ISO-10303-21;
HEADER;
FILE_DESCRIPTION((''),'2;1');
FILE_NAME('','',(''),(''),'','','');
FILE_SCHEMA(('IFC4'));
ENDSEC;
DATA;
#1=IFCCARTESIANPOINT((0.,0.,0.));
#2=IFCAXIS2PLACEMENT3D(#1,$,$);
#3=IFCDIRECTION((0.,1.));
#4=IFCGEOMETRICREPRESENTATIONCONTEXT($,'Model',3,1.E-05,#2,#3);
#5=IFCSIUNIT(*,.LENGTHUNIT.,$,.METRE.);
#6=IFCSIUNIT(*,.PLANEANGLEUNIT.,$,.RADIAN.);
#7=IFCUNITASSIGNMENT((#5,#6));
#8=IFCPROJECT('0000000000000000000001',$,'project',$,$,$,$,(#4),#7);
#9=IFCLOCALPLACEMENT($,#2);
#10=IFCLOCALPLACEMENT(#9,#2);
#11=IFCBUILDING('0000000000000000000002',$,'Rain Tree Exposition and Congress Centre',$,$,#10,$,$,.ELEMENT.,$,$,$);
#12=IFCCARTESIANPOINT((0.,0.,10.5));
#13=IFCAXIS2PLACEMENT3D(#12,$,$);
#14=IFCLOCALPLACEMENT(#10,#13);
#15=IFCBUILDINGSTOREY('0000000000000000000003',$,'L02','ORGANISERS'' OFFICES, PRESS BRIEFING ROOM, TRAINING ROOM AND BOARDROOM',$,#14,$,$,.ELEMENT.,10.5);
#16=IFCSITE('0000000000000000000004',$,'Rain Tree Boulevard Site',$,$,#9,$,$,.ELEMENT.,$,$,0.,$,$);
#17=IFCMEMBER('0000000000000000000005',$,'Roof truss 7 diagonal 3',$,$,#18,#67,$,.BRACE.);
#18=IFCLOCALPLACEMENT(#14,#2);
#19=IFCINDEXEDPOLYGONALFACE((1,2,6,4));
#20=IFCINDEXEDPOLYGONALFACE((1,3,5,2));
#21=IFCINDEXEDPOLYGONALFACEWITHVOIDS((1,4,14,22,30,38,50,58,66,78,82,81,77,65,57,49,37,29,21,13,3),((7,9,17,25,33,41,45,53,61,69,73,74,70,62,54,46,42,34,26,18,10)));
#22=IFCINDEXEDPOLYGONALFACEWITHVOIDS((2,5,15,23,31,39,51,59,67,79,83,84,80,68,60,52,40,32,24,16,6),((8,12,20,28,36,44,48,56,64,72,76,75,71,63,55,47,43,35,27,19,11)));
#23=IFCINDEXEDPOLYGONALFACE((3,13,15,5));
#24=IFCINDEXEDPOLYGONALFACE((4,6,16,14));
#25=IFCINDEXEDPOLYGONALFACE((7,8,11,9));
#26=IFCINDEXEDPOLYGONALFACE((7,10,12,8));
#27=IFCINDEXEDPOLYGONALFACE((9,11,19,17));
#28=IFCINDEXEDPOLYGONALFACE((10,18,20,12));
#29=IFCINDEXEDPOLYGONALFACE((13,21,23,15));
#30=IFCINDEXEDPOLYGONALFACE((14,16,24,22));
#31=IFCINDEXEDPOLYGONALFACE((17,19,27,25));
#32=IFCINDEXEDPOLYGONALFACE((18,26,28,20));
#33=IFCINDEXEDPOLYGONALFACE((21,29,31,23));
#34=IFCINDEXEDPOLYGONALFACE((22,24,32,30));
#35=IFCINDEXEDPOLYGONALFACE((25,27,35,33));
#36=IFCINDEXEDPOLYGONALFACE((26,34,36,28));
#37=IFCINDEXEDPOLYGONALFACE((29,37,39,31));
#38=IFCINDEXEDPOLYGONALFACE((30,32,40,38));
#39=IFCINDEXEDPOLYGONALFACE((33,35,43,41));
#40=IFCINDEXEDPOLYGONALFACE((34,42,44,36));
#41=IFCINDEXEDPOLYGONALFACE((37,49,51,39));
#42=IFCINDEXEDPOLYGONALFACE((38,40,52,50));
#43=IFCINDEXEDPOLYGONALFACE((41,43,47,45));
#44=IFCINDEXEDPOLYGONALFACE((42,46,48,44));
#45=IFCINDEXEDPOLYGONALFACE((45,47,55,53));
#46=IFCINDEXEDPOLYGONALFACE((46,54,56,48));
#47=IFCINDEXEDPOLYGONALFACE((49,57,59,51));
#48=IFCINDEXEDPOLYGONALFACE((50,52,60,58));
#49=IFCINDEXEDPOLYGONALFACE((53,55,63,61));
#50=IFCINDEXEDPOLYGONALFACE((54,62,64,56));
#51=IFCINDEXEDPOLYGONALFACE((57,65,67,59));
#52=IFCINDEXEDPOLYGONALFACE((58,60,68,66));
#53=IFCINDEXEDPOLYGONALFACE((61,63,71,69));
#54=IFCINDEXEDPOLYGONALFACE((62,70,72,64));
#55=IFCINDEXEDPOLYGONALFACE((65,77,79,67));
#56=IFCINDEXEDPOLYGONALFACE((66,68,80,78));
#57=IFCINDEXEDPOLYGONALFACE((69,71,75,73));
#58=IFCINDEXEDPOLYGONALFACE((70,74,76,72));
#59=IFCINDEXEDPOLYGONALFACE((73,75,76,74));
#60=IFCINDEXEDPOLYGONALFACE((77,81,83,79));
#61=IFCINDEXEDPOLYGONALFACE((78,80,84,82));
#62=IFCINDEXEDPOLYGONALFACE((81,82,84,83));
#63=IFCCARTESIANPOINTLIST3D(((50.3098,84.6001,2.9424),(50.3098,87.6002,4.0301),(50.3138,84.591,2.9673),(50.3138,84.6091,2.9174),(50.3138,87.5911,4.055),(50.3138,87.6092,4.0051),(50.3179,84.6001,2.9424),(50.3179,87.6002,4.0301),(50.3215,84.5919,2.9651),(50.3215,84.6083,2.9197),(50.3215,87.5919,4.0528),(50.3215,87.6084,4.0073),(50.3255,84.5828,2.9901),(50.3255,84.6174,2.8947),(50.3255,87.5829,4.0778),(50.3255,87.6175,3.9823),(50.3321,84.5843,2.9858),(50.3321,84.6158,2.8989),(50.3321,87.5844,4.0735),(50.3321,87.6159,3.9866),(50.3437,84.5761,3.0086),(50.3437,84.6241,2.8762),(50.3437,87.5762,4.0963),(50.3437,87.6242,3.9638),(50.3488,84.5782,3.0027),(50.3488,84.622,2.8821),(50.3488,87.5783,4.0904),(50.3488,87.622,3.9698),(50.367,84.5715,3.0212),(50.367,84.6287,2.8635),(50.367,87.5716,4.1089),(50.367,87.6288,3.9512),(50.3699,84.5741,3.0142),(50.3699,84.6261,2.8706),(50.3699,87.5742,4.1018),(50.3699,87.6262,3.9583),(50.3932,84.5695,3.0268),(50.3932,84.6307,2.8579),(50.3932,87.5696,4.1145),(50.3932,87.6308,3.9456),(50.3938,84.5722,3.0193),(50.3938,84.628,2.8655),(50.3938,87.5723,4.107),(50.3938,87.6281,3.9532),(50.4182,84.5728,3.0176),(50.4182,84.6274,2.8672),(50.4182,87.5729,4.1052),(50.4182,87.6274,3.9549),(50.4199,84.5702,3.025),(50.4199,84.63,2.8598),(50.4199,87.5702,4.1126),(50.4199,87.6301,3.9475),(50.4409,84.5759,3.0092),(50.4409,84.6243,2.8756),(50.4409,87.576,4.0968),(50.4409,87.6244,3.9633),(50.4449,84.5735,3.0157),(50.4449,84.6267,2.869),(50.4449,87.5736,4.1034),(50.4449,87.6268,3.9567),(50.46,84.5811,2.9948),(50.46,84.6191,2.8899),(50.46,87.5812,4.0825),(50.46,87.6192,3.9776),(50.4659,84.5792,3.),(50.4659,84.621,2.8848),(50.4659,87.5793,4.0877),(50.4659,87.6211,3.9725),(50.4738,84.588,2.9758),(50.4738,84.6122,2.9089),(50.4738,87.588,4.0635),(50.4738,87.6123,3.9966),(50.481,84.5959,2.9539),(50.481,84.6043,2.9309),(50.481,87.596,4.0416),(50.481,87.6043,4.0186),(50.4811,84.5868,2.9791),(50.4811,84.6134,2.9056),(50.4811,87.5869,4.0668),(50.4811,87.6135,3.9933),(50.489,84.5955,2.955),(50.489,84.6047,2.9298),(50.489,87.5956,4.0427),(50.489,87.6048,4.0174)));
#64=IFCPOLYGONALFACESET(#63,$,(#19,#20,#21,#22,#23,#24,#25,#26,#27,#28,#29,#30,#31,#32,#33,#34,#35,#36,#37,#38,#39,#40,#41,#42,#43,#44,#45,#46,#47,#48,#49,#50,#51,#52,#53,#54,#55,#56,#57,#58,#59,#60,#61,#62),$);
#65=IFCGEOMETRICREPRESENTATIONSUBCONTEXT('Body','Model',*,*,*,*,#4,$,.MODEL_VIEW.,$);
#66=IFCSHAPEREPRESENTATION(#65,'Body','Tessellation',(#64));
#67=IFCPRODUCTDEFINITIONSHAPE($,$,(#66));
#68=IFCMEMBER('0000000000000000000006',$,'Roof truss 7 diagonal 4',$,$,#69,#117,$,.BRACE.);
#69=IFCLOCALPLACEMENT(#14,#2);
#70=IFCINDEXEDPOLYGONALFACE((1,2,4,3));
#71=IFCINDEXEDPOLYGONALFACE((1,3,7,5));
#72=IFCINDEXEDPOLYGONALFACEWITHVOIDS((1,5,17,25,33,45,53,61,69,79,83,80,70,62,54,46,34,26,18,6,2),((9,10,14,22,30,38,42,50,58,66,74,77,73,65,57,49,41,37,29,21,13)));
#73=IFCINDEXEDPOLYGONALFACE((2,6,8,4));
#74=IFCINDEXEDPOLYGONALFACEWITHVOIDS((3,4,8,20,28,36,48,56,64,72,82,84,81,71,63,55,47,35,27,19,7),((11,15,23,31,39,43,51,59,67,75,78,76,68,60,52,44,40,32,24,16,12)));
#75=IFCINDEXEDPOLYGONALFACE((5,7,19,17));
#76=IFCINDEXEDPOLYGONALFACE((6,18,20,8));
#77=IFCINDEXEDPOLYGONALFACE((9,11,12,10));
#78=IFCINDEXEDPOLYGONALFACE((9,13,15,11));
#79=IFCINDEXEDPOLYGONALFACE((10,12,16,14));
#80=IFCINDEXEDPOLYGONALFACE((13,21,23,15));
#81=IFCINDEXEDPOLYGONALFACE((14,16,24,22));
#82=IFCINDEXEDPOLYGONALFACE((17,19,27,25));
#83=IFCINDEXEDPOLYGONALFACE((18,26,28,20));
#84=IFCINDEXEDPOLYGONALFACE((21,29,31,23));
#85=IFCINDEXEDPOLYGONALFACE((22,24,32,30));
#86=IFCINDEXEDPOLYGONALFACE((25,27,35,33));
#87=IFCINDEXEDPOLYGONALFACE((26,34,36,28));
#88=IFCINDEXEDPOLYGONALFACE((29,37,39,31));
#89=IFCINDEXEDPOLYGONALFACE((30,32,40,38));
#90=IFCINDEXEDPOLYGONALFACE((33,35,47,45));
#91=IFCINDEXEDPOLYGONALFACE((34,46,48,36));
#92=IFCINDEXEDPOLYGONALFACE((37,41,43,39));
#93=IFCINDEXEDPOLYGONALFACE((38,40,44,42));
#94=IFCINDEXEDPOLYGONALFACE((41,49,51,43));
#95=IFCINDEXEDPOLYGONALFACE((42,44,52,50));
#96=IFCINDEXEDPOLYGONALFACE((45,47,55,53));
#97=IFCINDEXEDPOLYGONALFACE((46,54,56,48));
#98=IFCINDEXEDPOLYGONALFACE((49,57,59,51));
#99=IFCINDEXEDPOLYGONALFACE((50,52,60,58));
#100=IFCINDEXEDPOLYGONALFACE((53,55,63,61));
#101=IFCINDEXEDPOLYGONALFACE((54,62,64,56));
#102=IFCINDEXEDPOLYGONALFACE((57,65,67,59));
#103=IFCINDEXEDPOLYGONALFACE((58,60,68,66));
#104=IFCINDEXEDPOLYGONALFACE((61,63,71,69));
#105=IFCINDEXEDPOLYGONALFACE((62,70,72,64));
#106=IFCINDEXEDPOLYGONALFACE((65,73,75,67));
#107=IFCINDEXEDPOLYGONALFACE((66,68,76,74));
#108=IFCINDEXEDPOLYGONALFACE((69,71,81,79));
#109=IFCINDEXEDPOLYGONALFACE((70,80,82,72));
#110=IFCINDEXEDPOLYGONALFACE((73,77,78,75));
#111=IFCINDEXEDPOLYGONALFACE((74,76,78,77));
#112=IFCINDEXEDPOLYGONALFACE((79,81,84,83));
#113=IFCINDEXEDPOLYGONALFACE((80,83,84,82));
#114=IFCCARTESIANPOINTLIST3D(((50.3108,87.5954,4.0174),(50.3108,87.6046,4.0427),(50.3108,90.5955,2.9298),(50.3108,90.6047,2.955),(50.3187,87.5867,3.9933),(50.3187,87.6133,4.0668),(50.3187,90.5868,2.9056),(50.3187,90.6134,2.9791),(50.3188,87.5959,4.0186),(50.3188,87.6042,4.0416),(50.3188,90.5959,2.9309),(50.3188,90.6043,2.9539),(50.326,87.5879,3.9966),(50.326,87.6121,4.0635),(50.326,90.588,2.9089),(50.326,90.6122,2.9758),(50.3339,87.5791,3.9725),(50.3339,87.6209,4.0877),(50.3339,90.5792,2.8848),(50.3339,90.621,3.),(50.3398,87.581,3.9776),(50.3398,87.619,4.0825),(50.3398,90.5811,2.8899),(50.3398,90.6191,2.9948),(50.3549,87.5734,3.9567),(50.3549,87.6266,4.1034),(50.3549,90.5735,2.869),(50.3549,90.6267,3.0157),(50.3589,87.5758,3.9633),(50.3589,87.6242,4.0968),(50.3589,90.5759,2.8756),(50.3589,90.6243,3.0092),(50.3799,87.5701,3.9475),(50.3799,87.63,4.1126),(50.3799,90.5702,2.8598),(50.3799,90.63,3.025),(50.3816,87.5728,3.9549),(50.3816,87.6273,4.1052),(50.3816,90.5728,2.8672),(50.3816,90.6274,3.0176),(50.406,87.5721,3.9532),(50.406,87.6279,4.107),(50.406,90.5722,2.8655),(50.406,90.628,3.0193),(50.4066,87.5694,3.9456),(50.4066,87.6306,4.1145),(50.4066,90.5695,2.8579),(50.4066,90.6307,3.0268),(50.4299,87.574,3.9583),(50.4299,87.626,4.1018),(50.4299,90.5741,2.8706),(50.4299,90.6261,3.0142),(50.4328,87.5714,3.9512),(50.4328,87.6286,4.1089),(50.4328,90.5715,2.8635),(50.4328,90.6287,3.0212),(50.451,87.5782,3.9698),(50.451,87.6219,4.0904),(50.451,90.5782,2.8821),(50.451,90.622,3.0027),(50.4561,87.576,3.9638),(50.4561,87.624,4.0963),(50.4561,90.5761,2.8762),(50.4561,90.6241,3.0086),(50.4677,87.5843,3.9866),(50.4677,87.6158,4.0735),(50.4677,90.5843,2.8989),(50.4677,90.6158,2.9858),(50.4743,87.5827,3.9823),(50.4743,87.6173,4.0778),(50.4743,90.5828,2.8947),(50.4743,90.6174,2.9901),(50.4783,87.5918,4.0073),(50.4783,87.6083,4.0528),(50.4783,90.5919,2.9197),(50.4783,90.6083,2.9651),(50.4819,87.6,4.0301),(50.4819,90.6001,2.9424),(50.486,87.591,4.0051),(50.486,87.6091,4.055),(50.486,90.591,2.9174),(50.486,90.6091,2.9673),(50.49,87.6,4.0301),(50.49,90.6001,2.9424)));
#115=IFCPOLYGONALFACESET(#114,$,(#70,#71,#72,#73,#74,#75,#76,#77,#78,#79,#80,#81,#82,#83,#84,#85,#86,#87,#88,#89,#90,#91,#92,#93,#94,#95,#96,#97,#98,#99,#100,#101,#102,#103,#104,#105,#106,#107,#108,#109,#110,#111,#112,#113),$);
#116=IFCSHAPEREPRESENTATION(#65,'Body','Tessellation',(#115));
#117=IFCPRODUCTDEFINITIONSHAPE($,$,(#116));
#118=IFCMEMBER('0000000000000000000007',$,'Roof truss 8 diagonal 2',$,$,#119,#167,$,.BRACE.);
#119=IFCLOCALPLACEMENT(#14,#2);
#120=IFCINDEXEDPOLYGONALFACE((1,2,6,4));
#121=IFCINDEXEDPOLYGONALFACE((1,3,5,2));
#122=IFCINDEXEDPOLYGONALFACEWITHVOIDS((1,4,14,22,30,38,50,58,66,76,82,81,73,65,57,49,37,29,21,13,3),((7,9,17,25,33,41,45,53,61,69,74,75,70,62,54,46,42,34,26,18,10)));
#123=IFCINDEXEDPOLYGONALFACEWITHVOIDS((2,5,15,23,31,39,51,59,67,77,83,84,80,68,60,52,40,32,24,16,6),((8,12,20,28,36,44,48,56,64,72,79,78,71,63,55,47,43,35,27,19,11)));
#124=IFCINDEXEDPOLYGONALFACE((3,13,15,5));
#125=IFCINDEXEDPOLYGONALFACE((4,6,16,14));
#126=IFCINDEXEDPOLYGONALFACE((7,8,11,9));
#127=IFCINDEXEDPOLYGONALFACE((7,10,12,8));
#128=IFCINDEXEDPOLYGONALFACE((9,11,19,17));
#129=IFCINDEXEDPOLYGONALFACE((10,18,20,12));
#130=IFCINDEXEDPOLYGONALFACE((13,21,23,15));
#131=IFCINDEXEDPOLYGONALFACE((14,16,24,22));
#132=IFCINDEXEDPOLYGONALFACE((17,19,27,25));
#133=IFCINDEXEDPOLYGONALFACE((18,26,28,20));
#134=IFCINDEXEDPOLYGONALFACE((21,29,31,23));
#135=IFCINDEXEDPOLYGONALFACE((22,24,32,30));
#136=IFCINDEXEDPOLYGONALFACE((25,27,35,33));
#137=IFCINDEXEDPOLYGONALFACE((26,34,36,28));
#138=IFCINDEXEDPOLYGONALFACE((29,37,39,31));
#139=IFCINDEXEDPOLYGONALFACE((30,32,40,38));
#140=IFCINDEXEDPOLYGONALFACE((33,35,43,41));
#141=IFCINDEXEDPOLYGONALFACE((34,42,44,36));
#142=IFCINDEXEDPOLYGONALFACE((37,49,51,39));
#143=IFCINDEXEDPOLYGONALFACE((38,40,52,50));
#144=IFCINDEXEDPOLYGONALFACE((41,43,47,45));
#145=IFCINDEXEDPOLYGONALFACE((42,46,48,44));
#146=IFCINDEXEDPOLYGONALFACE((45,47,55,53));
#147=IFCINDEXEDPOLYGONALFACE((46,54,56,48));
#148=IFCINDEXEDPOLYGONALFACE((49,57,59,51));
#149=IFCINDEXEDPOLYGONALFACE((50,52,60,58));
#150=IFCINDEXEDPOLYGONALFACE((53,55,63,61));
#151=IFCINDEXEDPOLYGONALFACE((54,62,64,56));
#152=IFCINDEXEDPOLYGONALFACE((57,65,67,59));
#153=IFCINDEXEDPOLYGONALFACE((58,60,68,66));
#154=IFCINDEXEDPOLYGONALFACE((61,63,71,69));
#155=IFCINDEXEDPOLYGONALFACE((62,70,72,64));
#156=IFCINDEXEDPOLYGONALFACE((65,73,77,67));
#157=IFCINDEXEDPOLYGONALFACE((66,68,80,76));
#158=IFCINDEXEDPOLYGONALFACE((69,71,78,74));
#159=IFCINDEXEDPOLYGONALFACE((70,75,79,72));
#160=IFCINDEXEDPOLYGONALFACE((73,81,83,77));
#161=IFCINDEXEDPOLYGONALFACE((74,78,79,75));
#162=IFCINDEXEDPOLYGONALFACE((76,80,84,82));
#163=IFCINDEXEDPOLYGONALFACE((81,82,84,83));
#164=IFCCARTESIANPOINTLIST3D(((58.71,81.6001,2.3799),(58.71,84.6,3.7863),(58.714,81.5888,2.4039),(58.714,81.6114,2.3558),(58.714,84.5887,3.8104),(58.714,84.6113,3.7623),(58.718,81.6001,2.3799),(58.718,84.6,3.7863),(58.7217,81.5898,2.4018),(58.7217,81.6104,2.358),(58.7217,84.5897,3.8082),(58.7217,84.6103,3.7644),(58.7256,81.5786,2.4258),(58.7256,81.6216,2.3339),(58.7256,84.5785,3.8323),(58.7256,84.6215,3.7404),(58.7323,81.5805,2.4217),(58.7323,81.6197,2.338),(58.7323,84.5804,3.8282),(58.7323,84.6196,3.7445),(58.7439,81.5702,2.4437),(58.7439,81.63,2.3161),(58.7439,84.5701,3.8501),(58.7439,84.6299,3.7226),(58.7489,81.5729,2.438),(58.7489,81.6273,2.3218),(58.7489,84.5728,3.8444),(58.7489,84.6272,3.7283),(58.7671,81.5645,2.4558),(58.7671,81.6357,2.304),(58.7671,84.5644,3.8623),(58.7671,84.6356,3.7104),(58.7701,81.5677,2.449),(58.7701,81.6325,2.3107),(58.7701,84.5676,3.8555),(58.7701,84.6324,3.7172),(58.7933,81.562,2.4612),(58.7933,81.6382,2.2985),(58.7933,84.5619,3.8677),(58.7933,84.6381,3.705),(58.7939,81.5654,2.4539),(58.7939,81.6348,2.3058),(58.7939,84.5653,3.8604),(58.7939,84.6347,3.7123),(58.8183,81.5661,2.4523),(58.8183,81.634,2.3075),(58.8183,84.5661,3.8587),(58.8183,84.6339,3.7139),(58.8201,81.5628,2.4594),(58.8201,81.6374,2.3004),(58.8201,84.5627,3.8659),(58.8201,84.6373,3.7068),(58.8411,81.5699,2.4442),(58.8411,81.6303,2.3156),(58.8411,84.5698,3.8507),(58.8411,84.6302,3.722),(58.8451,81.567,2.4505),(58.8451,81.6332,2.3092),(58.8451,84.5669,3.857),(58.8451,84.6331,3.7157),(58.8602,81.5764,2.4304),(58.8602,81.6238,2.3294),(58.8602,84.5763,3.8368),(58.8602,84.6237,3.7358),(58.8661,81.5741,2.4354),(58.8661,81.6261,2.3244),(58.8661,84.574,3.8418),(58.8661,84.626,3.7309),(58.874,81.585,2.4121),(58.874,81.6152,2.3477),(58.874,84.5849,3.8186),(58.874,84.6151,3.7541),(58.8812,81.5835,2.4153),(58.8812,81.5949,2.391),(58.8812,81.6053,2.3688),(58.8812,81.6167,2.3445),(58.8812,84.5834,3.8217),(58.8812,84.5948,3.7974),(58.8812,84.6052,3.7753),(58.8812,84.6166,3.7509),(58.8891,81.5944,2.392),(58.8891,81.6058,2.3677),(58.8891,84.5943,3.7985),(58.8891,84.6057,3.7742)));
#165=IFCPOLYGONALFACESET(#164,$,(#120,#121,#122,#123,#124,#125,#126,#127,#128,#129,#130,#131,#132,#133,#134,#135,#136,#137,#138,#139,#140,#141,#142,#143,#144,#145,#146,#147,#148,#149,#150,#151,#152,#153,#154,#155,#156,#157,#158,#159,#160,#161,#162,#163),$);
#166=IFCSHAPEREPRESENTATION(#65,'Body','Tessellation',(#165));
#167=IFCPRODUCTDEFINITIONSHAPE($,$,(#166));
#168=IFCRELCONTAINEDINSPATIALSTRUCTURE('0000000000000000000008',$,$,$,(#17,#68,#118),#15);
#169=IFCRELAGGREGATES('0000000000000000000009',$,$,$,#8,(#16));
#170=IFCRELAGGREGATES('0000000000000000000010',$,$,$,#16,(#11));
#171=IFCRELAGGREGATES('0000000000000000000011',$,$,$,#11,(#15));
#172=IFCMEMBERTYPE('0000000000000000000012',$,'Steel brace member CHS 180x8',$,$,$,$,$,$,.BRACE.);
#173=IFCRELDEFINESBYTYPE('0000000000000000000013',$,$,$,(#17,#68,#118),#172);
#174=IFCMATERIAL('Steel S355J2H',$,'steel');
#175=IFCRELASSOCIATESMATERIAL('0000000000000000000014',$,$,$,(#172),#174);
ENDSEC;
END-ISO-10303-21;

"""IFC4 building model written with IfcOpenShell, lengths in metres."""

from ifc_helpers import new_model, si_unit, direction, frame, origin, origin_2d, place, context, subcontext, project, spatial, hollow_circle, extrude, material, material_profile, profile_set, type_object, element, save


model = new_model("IFC4")

# Units and contexts
model_context = context("Model", 3, precision=1e-05, world=origin(), true_north=direction((0.0, 1.0)))
body_context = subcontext(model_context, "Body", "Model", "MODEL_VIEW")
ifc_project = project(units=[si_unit("LENGTHUNIT", "METRE"), si_unit("PLANEANGLEUNIT", "RADIAN")], contexts=[model_context])

# Site, building, storey
site_placement = place(None, origin())
site = spatial("IfcSite", under=ifc_project, at=site_placement, Name="Rain Tree Boulevard Site", CompositionType="ELEMENT", RefElevation=0.0)
building_placement = place(site_placement, origin())
building = spatial("IfcBuilding", under=site, at=building_placement, Name="Rain Tree Exposition and Congress Centre", CompositionType="ELEMENT")
storey_placement = place(building_placement, frame((0.0, 0.0, 10.5)))
storey = spatial("IfcBuildingStorey", under=building, at=storey_placement, Name="L02", Description="ORGANISERS' OFFICES, PRESS BRIEFING ROOM, TRAINING ROOM AND BOARDROOM", CompositionType="ELEMENT", Elevation=10.5)

# Members
ifc_material_1 = material(Name="Steel S355J2H", Category="steel")
ifc_material_profile_1 = material_profile(ifc_material_1, hollow_circle(Radius=0.0901, WallThickness=0.0081, at=origin_2d()), Name="CHS 180x8")
ifc_profile_set_1 = profile_set([ifc_material_profile_1], Name="Steel S355J2H")
member_type_1 = type_object("IfcMemberType", Name="Steel brace member CHS 180x8", PredefinedType="BRACE", material=ifc_profile_set_1)
for number, where, z_axis, x_axis, name in (
    (1, (50.3999, 84.6001, 2.9424), (0.0, 0.940121, 0.34084), (-1.0, 0.0, 0.0), "Roof truss 7 diagonal 3"),
    (2, (50.3999, 90.6001, 2.9424), (0.0, -0.940121, 0.34084), (1.0, 0.0, 0.0), "Roof truss 7 diagonal 4"),
):
    element("IfcMember", number, at=place(storey_placement, frame(where, z_axis=z_axis, x_axis=x_axis)), inside=storey, type_object=member_type_1, Name=name, PredefinedType="BRACE", context=body_context, shape_type="SweptSolid", body=[
        extrude(hollow_circle(Radius=0.0901, WallThickness=0.0081, at=origin_2d()), origin(), (0.0, 0.0, 1.0), 3.1912),
    ])
member_1_placement = place(storey_placement, frame((58.8, 81.6001, 2.3799), z_axis=(0.0, 0.905431, 0.424494), x_axis=(-1.0, 0.0, 0.0)))
element("IfcMember", 3, at=member_1_placement, inside=storey, type_object=member_type_1, Name="Roof truss 8 diagonal 2", PredefinedType="BRACE", context=body_context, shape_type="SweptSolid", body=[
    extrude(hollow_circle(Radius=0.0901, WallThickness=0.0081, at=origin_2d()), origin(), (0.0, 0.0, 1.0), 3.3132),
])

save(model, "model.ifc")
